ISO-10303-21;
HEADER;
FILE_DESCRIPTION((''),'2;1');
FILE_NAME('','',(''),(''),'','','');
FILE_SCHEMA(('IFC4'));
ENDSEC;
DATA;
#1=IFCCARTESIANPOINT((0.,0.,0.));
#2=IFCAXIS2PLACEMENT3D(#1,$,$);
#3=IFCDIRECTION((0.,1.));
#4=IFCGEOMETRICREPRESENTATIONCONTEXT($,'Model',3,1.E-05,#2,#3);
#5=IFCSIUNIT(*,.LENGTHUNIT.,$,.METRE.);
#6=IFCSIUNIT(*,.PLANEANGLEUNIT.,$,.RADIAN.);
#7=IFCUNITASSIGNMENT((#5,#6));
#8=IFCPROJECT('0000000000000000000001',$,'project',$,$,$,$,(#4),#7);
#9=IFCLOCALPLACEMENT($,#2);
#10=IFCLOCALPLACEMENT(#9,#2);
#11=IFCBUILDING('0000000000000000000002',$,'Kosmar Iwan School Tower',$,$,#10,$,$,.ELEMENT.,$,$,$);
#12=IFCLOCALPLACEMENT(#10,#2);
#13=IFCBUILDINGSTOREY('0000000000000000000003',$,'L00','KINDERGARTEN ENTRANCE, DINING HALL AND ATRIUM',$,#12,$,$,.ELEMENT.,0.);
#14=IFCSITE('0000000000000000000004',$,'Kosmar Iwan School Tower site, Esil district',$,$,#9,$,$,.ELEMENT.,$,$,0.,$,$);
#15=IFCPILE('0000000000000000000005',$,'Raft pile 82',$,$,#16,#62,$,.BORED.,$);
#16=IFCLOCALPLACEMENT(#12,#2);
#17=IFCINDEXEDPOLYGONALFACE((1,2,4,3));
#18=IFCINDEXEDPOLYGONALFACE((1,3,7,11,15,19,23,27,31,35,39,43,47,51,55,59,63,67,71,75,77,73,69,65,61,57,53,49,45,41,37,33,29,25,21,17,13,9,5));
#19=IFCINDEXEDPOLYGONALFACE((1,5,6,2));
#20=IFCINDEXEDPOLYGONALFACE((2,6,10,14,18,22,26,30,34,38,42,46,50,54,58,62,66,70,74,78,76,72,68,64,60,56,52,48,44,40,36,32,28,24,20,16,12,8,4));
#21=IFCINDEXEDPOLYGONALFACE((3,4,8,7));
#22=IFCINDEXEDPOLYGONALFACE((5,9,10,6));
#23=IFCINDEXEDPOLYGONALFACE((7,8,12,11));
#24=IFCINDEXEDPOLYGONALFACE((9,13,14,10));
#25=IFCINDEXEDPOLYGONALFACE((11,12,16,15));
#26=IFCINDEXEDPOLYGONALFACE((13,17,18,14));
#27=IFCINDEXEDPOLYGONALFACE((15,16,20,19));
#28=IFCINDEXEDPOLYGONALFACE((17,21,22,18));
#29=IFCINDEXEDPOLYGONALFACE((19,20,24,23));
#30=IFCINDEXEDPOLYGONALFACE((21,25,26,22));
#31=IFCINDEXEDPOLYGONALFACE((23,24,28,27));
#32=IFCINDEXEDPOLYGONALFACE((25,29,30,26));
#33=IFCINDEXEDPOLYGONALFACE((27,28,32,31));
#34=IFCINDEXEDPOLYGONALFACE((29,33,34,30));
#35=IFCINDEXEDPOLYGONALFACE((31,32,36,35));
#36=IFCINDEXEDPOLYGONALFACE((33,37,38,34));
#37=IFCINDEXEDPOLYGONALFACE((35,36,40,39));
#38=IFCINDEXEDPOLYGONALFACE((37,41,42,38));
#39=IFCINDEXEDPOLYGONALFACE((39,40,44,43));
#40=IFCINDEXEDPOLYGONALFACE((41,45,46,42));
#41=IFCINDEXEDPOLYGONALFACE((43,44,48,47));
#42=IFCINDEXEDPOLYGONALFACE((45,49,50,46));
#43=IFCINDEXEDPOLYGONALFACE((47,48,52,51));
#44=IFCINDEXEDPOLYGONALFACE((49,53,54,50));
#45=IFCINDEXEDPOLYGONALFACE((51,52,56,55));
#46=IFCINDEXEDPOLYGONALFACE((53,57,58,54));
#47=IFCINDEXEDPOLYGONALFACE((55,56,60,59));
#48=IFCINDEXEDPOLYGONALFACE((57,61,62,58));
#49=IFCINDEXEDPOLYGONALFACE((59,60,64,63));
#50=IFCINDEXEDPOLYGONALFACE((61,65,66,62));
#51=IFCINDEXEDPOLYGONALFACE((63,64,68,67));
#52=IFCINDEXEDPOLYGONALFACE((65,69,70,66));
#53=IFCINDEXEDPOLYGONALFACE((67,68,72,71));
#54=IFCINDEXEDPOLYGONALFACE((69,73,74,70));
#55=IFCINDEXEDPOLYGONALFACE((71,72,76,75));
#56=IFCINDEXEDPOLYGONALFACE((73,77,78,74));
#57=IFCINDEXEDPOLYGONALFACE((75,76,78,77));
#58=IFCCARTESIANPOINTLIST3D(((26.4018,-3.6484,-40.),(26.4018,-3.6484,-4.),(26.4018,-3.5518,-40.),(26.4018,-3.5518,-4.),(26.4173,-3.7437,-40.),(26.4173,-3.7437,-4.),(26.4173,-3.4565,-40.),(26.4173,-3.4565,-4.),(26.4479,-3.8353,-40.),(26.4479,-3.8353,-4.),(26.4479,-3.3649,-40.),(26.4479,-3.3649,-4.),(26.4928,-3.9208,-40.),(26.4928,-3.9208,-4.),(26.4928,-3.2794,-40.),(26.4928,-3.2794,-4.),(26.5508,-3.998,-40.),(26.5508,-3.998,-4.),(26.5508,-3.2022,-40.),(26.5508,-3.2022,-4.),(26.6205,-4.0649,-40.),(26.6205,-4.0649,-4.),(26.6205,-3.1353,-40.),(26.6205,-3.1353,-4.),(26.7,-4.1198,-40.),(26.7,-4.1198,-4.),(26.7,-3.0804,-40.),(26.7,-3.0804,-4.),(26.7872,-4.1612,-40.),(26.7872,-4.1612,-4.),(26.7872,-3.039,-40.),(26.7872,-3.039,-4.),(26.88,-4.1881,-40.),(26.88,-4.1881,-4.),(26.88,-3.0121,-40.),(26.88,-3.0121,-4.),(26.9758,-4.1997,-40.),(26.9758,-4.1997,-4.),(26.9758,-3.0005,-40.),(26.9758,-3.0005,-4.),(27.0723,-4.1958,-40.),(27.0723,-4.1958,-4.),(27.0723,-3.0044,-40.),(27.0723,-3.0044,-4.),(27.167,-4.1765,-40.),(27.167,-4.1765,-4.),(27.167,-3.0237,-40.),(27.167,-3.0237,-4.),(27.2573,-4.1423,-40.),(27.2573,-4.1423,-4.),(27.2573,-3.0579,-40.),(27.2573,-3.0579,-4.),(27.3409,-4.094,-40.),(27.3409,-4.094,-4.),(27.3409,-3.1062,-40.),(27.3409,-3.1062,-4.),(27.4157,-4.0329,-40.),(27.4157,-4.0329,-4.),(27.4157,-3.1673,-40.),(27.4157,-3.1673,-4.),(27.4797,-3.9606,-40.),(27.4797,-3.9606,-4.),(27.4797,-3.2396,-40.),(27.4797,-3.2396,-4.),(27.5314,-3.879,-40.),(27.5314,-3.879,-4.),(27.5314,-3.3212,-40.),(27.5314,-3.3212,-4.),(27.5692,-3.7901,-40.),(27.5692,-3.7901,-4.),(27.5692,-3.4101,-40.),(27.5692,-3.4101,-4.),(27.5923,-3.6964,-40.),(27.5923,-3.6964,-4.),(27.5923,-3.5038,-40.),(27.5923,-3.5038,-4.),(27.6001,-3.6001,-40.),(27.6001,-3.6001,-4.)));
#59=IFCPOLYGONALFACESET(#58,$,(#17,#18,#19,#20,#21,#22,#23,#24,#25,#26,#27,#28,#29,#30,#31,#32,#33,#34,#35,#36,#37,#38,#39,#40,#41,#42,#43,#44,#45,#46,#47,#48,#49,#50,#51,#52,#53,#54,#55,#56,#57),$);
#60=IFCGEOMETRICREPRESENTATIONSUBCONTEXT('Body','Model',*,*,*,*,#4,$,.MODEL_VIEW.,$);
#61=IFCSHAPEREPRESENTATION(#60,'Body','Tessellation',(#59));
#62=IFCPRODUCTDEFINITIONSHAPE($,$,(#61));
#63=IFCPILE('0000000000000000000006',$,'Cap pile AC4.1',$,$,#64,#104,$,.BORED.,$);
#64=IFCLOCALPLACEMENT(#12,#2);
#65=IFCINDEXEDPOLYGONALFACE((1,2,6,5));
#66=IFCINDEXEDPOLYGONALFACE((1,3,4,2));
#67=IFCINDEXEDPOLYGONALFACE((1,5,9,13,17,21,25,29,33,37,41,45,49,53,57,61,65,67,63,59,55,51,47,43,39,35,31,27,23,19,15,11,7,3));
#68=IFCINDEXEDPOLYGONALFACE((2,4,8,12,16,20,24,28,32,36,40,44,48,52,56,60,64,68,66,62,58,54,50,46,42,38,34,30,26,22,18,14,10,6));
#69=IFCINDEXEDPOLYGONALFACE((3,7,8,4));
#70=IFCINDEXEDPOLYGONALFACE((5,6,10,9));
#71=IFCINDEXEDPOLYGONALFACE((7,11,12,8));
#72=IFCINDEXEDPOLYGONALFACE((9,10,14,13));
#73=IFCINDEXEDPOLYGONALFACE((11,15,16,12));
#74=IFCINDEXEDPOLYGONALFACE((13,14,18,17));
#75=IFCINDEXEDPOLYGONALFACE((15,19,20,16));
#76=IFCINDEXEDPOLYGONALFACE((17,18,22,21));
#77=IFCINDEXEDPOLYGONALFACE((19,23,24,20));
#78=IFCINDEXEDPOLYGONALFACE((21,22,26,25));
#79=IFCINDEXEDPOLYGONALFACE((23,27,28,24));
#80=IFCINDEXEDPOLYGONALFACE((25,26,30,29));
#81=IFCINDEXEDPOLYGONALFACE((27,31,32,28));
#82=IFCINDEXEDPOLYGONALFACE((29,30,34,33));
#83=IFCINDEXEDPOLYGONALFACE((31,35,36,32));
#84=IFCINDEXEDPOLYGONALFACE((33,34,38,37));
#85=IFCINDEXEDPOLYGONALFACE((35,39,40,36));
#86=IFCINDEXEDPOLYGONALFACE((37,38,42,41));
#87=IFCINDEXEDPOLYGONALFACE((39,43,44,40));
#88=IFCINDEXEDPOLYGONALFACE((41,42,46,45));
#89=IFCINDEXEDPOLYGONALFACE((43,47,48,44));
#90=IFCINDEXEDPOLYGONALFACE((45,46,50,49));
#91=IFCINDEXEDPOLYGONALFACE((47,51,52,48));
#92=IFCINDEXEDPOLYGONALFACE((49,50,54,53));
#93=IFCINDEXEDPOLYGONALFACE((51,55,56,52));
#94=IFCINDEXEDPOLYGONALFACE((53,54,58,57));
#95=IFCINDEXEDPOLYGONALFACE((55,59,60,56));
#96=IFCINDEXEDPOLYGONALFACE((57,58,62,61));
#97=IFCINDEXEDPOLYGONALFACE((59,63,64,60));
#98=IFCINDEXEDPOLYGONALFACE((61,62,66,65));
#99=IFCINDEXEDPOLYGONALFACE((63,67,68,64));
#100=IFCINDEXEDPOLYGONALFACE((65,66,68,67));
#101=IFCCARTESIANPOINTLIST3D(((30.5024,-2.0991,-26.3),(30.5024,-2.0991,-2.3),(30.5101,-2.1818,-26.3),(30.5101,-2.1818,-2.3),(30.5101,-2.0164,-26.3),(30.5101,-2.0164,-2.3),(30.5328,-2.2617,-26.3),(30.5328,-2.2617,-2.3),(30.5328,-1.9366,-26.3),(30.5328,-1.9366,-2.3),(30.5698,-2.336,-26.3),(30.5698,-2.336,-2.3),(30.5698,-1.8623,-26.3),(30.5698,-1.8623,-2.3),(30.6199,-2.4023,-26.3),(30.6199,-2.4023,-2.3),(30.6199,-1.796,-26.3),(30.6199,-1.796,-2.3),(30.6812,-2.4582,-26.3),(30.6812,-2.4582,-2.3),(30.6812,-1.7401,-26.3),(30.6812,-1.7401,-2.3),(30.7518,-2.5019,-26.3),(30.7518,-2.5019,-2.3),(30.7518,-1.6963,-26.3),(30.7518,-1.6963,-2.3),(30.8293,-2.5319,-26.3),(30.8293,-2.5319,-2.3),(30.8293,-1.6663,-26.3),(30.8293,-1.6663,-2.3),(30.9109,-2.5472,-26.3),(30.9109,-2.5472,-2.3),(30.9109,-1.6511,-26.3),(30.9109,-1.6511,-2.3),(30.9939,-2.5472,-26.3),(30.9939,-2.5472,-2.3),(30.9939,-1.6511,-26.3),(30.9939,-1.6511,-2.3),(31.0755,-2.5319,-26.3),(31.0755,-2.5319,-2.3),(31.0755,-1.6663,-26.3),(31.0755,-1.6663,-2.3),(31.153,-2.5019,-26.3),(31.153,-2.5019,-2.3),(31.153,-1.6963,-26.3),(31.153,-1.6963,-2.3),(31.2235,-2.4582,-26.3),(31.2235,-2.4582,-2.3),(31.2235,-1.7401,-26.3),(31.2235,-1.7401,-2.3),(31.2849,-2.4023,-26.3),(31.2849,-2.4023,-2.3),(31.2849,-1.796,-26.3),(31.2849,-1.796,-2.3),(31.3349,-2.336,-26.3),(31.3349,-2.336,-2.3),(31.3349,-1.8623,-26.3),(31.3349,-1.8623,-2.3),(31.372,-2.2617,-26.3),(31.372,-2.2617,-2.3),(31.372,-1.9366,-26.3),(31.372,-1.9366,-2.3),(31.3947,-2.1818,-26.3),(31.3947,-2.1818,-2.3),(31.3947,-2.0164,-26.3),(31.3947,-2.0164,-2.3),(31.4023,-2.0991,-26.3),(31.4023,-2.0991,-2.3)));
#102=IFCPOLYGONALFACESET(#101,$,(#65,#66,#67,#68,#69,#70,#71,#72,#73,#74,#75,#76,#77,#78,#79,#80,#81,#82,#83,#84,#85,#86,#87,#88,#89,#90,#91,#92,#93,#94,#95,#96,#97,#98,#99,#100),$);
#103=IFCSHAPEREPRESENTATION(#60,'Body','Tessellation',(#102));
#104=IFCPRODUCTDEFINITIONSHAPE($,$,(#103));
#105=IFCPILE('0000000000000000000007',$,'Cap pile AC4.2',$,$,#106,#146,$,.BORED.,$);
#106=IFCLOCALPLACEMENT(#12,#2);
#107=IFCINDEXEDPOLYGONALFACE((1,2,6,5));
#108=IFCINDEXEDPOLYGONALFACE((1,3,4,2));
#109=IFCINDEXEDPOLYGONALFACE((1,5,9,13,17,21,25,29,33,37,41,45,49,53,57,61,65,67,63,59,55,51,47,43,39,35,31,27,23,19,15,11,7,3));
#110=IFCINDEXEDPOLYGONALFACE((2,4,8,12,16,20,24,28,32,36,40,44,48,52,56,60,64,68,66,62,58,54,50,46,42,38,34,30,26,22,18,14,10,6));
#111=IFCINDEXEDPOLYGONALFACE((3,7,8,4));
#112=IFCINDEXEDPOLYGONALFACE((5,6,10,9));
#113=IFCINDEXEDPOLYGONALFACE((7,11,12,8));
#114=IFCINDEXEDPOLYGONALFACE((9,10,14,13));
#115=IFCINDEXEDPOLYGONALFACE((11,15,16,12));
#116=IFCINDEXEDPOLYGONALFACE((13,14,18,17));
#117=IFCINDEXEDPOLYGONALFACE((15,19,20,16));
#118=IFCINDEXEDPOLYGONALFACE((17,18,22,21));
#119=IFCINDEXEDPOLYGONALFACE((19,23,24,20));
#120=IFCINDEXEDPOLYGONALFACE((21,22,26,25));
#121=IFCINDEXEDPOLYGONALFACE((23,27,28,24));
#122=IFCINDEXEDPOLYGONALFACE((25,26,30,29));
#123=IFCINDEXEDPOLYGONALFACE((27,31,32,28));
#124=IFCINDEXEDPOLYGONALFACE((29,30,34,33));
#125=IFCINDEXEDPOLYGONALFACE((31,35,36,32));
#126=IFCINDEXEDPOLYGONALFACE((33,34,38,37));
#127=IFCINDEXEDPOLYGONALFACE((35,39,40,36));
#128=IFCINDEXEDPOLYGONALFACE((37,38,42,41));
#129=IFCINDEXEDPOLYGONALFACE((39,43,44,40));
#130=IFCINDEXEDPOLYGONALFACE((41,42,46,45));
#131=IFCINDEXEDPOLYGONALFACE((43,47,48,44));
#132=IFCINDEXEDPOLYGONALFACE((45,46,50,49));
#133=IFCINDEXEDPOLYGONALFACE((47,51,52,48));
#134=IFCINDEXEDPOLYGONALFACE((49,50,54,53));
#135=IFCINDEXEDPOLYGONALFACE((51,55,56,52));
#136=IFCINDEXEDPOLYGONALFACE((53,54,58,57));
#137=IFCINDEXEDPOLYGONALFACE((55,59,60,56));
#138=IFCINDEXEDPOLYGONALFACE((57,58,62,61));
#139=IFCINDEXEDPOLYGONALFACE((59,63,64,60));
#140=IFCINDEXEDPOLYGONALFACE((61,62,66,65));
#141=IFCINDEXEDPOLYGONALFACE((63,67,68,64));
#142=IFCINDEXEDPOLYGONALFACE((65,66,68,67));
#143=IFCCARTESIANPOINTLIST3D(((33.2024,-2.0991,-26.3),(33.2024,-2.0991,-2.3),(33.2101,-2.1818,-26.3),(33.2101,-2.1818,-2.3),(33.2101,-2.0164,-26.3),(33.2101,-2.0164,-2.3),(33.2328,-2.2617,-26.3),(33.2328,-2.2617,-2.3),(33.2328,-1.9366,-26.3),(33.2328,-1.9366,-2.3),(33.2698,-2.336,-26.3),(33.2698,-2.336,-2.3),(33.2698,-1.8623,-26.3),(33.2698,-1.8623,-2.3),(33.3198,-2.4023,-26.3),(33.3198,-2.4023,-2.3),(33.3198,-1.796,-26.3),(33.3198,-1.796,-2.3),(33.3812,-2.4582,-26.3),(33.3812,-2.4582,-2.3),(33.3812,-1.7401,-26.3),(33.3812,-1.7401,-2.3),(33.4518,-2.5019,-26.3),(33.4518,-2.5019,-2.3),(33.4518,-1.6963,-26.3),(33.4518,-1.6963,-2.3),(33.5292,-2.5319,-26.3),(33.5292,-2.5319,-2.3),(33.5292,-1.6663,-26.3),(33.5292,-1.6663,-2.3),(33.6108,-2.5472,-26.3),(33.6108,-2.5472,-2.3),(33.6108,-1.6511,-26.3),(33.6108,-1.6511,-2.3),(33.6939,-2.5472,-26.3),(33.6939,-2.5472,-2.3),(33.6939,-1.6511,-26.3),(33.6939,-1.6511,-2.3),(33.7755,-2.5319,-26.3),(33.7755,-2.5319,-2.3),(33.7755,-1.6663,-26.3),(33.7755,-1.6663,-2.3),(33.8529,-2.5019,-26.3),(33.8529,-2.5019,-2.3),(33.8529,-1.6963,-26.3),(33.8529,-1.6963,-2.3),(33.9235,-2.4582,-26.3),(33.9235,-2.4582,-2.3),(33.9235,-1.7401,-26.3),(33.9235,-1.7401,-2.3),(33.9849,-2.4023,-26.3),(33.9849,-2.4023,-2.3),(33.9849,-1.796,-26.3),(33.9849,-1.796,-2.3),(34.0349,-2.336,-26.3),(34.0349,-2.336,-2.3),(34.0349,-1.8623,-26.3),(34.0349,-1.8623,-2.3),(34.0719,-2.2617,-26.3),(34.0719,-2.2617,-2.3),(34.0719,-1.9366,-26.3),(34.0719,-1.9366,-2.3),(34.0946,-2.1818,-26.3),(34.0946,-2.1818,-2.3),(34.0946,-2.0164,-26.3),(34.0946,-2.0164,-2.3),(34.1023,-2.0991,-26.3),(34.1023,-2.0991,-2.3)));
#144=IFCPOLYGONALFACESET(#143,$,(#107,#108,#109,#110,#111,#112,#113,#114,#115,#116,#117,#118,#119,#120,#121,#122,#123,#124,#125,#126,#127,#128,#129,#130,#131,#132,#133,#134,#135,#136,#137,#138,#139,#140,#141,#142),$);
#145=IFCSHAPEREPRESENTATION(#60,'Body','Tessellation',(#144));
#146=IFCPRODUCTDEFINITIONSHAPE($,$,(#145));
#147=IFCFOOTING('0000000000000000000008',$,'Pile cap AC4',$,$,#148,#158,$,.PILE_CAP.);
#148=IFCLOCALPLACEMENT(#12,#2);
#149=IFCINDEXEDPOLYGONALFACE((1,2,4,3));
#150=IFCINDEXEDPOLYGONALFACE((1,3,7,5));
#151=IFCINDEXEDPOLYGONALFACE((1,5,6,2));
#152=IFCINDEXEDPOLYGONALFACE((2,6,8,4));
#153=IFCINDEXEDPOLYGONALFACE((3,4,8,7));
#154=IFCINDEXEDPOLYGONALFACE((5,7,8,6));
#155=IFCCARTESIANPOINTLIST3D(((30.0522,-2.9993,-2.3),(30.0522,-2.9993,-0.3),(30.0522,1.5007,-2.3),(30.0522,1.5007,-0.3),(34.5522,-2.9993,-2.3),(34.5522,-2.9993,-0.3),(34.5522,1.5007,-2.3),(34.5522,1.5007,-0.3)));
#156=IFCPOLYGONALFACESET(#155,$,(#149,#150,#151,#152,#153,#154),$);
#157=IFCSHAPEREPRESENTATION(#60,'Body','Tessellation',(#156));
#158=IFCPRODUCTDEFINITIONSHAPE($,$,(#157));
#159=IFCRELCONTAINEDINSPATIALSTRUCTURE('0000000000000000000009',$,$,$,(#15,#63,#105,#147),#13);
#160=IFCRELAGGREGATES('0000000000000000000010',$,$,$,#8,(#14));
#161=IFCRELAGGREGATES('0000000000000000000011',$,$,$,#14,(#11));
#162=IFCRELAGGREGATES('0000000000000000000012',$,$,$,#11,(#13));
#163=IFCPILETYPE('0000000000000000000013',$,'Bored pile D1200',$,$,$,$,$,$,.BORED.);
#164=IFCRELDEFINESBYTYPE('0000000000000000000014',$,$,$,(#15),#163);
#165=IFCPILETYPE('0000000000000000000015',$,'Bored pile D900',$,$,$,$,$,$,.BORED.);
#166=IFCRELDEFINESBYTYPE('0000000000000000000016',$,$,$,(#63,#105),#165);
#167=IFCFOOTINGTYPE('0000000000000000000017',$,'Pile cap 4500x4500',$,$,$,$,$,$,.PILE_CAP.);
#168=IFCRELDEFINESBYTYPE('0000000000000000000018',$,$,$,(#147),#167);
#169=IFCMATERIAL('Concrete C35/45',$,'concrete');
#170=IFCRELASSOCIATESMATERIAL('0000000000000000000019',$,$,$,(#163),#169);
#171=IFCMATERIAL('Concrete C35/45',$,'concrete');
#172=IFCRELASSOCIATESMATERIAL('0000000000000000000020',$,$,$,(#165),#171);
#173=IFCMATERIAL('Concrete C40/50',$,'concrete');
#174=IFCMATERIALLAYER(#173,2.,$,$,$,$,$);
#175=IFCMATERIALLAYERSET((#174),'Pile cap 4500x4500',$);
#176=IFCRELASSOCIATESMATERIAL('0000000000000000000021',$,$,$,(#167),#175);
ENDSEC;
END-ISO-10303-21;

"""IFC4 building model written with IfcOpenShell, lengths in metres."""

from ifc_helpers import new_model, si_unit, direction, frame, origin, origin_2d, place, context, subcontext, project, spatial, rectangle, circle, extrude, material, layer, layer_set, material_profile, profile_set, type_object, element, save


model = new_model("IFC4")

# Units and contexts
model_context = context("Model", 3, precision=1e-05, world=origin(), true_north=direction((0.0, 1.0)))
body_context = subcontext(model_context, "Body", "Model", "MODEL_VIEW")
ifc_project = project(units=[si_unit("LENGTHUNIT", "METRE"), si_unit("PLANEANGLEUNIT", "RADIAN")], contexts=[model_context])

# Site, building, storey
site_placement = place(None, origin())
site = spatial("IfcSite", under=ifc_project, at=site_placement, Name="Kosmar Iwan School Tower site, Esil district", CompositionType="ELEMENT", RefElevation=0.0)
building_placement = place(site_placement, origin())
building = spatial("IfcBuilding", under=site, at=building_placement, Name="Kosmar Iwan School Tower", CompositionType="ELEMENT")
storey_placement = place(building_placement, origin())
storey = spatial("IfcBuildingStorey", under=building, at=storey_placement, Name="L00", Description="KINDERGARTEN ENTRANCE, DINING HALL AND ATRIUM", CompositionType="ELEMENT", Elevation=0.0)

# Piles
ifc_material_1 = material(Name="Concrete C35/45", Category="concrete")
ifc_material_profile_1 = material_profile(ifc_material_1, circle(Radius=0.6001, at=origin_2d()), Name="D1200")
ifc_profile_set_1 = profile_set([ifc_material_profile_1], Name="Concrete C35/45")
pile_type_1 = type_object("IfcPileType", Name="Bored pile D1200", PredefinedType="BORED", material=ifc_profile_set_1)
pile_placement = place(storey_placement, frame((27.0, -3.6001, -4.0), z_axis=(0.0, 0.0, -1.0), x_axis=(1.0, 0.0, 0.0)))
element("IfcPile", 1, at=pile_placement, inside=storey, type_object=pile_type_1, Name="Raft pile 82", PredefinedType="BORED", context=body_context, shape_type="SweptSolid", body=[
    extrude(circle(Radius=0.6001, at=origin_2d()), origin(), (0.0, 0.0, 1.0), 36.0),
])
ifc_material_2 = material(Name="Concrete C35/45", Category="concrete")
ifc_material_profile_2 = material_profile(ifc_material_2, circle(Radius=0.45, at=origin_2d()), Name="D900")
ifc_profile_set_2 = profile_set([ifc_material_profile_2], Name="Concrete C35/45")
pile_type_2 = type_object("IfcPileType", Name="Bored pile D900", PredefinedType="BORED", material=ifc_profile_set_2)
for number, where, z_axis, x_axis, name in (
    (2, (30.9524, -2.0991, -2.3), (0.0, 0.0, -1.0), (1.0, 0.0, 0.0), "Cap pile AC4.1"),
    (3, (33.6523, -2.0991, -2.3), (0.0, 0.0, -1.0), (1.0, 0.0, 0.0), "Cap pile AC4.2"),
):
    element("IfcPile", number, at=place(storey_placement, frame(where, z_axis=z_axis, x_axis=x_axis)), inside=storey, type_object=pile_type_2, Name=name, PredefinedType="BORED", context=body_context, shape_type="SweptSolid", body=[
        extrude(circle(Radius=0.45, at=origin_2d()), origin(), (0.0, 0.0, 1.0), 24.0),
    ])

# Footing
ifc_material_3 = material(Name="Concrete C40/50", Category="concrete")
ifc_layer_1 = layer(ifc_material_3, 2.0)
ifc_layer_set_1 = layer_set([ifc_layer_1], Name="Pile cap 4500x4500")
footing_type = type_object("IfcFootingType", Name="Pile cap 4500x4500", PredefinedType="PILE_CAP", material=ifc_layer_set_1)
footing_placement = place(storey_placement, frame((32.3022, -0.7493, -2.3), z_axis=(0.0, 0.0, 1.0), x_axis=(1.0, 0.0, 0.0)))
element("IfcFooting", 4, at=footing_placement, inside=storey, type_object=footing_type, Name="Pile cap AC4", PredefinedType="PILE_CAP", context=body_context, shape_type="SweptSolid", body=[
    extrude(rectangle(XDim=4.5, YDim=4.5, at=origin_2d()), origin(), (0.0, 0.0, 1.0), 2.0),
])

save(model, "model.ifc")
